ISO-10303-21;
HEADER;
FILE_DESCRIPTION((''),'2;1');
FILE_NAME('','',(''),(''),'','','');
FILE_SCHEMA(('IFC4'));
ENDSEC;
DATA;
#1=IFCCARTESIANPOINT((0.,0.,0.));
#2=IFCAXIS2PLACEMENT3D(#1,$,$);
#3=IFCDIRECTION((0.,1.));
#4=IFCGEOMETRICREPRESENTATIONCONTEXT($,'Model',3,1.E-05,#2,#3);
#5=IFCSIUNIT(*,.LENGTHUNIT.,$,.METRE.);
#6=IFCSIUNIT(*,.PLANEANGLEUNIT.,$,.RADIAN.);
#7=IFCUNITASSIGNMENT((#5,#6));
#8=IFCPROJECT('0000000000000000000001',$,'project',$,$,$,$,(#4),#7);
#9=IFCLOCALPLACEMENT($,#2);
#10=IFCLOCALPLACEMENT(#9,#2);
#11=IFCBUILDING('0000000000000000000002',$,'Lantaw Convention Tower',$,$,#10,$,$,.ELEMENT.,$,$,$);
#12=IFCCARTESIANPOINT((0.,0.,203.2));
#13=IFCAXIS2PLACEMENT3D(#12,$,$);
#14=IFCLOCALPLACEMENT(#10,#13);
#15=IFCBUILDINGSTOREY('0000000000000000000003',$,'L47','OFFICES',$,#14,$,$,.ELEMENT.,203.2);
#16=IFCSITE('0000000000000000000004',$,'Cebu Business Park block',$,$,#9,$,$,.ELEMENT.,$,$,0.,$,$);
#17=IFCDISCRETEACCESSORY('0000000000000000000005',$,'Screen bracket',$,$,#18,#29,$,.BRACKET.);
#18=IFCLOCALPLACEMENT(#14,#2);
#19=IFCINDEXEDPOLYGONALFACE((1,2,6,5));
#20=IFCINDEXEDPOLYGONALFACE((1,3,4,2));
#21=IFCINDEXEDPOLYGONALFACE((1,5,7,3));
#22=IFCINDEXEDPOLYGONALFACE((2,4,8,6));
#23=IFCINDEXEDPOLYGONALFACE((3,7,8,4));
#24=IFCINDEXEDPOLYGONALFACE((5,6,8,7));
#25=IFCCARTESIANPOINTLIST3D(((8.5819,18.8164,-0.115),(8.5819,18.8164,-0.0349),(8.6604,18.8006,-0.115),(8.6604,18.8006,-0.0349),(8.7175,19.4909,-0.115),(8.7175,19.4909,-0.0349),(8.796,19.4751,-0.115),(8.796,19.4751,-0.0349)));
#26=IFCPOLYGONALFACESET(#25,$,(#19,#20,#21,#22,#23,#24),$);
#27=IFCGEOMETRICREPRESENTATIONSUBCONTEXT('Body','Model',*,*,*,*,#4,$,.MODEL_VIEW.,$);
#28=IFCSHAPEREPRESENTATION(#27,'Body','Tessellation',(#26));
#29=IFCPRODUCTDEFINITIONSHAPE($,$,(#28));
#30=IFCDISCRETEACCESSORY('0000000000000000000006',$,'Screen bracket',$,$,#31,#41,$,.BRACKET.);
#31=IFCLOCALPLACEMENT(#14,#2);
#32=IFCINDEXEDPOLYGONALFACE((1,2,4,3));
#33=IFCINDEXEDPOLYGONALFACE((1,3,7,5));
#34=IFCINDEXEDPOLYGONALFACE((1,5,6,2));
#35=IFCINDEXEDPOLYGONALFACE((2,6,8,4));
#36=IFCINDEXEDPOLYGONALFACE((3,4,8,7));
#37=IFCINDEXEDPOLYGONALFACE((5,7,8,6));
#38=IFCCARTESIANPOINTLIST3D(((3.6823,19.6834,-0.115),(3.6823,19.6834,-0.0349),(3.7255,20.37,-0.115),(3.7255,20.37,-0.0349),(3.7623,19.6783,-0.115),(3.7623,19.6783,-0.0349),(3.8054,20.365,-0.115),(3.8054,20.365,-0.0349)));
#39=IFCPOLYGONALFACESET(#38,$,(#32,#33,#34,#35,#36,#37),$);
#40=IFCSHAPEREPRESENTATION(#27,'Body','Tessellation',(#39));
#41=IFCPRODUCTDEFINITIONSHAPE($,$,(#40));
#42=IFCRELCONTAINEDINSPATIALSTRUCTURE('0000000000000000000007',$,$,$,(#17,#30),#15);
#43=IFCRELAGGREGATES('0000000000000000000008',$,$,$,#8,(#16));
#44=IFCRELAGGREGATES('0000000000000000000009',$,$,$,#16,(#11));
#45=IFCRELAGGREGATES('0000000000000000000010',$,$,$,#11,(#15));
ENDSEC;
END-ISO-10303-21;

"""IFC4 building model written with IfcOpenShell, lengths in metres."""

from ifc_helpers import new_model, si_unit, direction, frame, origin, origin_2d, place, context, subcontext, project, spatial, rectangle, extrude, element, save


model = new_model("IFC4")

# Units and contexts
model_context = context("Model", 3, precision=1e-05, world=origin(), true_north=direction((0.0, 1.0)))
body_context = subcontext(model_context, "Body", "Model", "MODEL_VIEW")
ifc_project = project(units=[si_unit("LENGTHUNIT", "METRE"), si_unit("PLANEANGLEUNIT", "RADIAN")], contexts=[model_context])

# Site, building, storey
site_placement = place(None, origin())
site = spatial("IfcSite", under=ifc_project, at=site_placement, Name="Cebu Business Park block", CompositionType="ELEMENT", RefElevation=0.0)
building_placement = place(site_placement, origin())
building = spatial("IfcBuilding", under=site, at=building_placement, Name="Lantaw Convention Tower", CompositionType="ELEMENT")
storey_placement = place(building_placement, frame((0.0, 0.0, 203.2)))
storey = spatial("IfcBuildingStorey", under=building, at=storey_placement, Name="L47", Description="OFFICES", CompositionType="ELEMENT", Elevation=203.2)

# Discrete accessories
for number, where, z_axis, x_axis, name in (
    (1, (8.689, 19.1458, -0.115), (0.0, 0.0, 1.0), (-0.980367, 0.197183, 0.0), "Screen bracket"),
    (2, (3.7439, 20.0242, -0.115), (0.0, 0.0, 1.0), (-0.998029, 0.062758, 0.0), "Screen bracket"),
):
    element("IfcDiscreteAccessory", number, at=place(storey_placement, frame(where, z_axis=z_axis, x_axis=x_axis)), inside=storey, Name=name, PredefinedType="BRACKET", context=body_context, shape_type="SweptSolid", body=[
        extrude(rectangle(XDim=0.0801, YDim=0.688, at=origin_2d()), origin(), (0.0, 0.0, 1.0), 0.0801),
    ])

save(model, "model.ifc")
